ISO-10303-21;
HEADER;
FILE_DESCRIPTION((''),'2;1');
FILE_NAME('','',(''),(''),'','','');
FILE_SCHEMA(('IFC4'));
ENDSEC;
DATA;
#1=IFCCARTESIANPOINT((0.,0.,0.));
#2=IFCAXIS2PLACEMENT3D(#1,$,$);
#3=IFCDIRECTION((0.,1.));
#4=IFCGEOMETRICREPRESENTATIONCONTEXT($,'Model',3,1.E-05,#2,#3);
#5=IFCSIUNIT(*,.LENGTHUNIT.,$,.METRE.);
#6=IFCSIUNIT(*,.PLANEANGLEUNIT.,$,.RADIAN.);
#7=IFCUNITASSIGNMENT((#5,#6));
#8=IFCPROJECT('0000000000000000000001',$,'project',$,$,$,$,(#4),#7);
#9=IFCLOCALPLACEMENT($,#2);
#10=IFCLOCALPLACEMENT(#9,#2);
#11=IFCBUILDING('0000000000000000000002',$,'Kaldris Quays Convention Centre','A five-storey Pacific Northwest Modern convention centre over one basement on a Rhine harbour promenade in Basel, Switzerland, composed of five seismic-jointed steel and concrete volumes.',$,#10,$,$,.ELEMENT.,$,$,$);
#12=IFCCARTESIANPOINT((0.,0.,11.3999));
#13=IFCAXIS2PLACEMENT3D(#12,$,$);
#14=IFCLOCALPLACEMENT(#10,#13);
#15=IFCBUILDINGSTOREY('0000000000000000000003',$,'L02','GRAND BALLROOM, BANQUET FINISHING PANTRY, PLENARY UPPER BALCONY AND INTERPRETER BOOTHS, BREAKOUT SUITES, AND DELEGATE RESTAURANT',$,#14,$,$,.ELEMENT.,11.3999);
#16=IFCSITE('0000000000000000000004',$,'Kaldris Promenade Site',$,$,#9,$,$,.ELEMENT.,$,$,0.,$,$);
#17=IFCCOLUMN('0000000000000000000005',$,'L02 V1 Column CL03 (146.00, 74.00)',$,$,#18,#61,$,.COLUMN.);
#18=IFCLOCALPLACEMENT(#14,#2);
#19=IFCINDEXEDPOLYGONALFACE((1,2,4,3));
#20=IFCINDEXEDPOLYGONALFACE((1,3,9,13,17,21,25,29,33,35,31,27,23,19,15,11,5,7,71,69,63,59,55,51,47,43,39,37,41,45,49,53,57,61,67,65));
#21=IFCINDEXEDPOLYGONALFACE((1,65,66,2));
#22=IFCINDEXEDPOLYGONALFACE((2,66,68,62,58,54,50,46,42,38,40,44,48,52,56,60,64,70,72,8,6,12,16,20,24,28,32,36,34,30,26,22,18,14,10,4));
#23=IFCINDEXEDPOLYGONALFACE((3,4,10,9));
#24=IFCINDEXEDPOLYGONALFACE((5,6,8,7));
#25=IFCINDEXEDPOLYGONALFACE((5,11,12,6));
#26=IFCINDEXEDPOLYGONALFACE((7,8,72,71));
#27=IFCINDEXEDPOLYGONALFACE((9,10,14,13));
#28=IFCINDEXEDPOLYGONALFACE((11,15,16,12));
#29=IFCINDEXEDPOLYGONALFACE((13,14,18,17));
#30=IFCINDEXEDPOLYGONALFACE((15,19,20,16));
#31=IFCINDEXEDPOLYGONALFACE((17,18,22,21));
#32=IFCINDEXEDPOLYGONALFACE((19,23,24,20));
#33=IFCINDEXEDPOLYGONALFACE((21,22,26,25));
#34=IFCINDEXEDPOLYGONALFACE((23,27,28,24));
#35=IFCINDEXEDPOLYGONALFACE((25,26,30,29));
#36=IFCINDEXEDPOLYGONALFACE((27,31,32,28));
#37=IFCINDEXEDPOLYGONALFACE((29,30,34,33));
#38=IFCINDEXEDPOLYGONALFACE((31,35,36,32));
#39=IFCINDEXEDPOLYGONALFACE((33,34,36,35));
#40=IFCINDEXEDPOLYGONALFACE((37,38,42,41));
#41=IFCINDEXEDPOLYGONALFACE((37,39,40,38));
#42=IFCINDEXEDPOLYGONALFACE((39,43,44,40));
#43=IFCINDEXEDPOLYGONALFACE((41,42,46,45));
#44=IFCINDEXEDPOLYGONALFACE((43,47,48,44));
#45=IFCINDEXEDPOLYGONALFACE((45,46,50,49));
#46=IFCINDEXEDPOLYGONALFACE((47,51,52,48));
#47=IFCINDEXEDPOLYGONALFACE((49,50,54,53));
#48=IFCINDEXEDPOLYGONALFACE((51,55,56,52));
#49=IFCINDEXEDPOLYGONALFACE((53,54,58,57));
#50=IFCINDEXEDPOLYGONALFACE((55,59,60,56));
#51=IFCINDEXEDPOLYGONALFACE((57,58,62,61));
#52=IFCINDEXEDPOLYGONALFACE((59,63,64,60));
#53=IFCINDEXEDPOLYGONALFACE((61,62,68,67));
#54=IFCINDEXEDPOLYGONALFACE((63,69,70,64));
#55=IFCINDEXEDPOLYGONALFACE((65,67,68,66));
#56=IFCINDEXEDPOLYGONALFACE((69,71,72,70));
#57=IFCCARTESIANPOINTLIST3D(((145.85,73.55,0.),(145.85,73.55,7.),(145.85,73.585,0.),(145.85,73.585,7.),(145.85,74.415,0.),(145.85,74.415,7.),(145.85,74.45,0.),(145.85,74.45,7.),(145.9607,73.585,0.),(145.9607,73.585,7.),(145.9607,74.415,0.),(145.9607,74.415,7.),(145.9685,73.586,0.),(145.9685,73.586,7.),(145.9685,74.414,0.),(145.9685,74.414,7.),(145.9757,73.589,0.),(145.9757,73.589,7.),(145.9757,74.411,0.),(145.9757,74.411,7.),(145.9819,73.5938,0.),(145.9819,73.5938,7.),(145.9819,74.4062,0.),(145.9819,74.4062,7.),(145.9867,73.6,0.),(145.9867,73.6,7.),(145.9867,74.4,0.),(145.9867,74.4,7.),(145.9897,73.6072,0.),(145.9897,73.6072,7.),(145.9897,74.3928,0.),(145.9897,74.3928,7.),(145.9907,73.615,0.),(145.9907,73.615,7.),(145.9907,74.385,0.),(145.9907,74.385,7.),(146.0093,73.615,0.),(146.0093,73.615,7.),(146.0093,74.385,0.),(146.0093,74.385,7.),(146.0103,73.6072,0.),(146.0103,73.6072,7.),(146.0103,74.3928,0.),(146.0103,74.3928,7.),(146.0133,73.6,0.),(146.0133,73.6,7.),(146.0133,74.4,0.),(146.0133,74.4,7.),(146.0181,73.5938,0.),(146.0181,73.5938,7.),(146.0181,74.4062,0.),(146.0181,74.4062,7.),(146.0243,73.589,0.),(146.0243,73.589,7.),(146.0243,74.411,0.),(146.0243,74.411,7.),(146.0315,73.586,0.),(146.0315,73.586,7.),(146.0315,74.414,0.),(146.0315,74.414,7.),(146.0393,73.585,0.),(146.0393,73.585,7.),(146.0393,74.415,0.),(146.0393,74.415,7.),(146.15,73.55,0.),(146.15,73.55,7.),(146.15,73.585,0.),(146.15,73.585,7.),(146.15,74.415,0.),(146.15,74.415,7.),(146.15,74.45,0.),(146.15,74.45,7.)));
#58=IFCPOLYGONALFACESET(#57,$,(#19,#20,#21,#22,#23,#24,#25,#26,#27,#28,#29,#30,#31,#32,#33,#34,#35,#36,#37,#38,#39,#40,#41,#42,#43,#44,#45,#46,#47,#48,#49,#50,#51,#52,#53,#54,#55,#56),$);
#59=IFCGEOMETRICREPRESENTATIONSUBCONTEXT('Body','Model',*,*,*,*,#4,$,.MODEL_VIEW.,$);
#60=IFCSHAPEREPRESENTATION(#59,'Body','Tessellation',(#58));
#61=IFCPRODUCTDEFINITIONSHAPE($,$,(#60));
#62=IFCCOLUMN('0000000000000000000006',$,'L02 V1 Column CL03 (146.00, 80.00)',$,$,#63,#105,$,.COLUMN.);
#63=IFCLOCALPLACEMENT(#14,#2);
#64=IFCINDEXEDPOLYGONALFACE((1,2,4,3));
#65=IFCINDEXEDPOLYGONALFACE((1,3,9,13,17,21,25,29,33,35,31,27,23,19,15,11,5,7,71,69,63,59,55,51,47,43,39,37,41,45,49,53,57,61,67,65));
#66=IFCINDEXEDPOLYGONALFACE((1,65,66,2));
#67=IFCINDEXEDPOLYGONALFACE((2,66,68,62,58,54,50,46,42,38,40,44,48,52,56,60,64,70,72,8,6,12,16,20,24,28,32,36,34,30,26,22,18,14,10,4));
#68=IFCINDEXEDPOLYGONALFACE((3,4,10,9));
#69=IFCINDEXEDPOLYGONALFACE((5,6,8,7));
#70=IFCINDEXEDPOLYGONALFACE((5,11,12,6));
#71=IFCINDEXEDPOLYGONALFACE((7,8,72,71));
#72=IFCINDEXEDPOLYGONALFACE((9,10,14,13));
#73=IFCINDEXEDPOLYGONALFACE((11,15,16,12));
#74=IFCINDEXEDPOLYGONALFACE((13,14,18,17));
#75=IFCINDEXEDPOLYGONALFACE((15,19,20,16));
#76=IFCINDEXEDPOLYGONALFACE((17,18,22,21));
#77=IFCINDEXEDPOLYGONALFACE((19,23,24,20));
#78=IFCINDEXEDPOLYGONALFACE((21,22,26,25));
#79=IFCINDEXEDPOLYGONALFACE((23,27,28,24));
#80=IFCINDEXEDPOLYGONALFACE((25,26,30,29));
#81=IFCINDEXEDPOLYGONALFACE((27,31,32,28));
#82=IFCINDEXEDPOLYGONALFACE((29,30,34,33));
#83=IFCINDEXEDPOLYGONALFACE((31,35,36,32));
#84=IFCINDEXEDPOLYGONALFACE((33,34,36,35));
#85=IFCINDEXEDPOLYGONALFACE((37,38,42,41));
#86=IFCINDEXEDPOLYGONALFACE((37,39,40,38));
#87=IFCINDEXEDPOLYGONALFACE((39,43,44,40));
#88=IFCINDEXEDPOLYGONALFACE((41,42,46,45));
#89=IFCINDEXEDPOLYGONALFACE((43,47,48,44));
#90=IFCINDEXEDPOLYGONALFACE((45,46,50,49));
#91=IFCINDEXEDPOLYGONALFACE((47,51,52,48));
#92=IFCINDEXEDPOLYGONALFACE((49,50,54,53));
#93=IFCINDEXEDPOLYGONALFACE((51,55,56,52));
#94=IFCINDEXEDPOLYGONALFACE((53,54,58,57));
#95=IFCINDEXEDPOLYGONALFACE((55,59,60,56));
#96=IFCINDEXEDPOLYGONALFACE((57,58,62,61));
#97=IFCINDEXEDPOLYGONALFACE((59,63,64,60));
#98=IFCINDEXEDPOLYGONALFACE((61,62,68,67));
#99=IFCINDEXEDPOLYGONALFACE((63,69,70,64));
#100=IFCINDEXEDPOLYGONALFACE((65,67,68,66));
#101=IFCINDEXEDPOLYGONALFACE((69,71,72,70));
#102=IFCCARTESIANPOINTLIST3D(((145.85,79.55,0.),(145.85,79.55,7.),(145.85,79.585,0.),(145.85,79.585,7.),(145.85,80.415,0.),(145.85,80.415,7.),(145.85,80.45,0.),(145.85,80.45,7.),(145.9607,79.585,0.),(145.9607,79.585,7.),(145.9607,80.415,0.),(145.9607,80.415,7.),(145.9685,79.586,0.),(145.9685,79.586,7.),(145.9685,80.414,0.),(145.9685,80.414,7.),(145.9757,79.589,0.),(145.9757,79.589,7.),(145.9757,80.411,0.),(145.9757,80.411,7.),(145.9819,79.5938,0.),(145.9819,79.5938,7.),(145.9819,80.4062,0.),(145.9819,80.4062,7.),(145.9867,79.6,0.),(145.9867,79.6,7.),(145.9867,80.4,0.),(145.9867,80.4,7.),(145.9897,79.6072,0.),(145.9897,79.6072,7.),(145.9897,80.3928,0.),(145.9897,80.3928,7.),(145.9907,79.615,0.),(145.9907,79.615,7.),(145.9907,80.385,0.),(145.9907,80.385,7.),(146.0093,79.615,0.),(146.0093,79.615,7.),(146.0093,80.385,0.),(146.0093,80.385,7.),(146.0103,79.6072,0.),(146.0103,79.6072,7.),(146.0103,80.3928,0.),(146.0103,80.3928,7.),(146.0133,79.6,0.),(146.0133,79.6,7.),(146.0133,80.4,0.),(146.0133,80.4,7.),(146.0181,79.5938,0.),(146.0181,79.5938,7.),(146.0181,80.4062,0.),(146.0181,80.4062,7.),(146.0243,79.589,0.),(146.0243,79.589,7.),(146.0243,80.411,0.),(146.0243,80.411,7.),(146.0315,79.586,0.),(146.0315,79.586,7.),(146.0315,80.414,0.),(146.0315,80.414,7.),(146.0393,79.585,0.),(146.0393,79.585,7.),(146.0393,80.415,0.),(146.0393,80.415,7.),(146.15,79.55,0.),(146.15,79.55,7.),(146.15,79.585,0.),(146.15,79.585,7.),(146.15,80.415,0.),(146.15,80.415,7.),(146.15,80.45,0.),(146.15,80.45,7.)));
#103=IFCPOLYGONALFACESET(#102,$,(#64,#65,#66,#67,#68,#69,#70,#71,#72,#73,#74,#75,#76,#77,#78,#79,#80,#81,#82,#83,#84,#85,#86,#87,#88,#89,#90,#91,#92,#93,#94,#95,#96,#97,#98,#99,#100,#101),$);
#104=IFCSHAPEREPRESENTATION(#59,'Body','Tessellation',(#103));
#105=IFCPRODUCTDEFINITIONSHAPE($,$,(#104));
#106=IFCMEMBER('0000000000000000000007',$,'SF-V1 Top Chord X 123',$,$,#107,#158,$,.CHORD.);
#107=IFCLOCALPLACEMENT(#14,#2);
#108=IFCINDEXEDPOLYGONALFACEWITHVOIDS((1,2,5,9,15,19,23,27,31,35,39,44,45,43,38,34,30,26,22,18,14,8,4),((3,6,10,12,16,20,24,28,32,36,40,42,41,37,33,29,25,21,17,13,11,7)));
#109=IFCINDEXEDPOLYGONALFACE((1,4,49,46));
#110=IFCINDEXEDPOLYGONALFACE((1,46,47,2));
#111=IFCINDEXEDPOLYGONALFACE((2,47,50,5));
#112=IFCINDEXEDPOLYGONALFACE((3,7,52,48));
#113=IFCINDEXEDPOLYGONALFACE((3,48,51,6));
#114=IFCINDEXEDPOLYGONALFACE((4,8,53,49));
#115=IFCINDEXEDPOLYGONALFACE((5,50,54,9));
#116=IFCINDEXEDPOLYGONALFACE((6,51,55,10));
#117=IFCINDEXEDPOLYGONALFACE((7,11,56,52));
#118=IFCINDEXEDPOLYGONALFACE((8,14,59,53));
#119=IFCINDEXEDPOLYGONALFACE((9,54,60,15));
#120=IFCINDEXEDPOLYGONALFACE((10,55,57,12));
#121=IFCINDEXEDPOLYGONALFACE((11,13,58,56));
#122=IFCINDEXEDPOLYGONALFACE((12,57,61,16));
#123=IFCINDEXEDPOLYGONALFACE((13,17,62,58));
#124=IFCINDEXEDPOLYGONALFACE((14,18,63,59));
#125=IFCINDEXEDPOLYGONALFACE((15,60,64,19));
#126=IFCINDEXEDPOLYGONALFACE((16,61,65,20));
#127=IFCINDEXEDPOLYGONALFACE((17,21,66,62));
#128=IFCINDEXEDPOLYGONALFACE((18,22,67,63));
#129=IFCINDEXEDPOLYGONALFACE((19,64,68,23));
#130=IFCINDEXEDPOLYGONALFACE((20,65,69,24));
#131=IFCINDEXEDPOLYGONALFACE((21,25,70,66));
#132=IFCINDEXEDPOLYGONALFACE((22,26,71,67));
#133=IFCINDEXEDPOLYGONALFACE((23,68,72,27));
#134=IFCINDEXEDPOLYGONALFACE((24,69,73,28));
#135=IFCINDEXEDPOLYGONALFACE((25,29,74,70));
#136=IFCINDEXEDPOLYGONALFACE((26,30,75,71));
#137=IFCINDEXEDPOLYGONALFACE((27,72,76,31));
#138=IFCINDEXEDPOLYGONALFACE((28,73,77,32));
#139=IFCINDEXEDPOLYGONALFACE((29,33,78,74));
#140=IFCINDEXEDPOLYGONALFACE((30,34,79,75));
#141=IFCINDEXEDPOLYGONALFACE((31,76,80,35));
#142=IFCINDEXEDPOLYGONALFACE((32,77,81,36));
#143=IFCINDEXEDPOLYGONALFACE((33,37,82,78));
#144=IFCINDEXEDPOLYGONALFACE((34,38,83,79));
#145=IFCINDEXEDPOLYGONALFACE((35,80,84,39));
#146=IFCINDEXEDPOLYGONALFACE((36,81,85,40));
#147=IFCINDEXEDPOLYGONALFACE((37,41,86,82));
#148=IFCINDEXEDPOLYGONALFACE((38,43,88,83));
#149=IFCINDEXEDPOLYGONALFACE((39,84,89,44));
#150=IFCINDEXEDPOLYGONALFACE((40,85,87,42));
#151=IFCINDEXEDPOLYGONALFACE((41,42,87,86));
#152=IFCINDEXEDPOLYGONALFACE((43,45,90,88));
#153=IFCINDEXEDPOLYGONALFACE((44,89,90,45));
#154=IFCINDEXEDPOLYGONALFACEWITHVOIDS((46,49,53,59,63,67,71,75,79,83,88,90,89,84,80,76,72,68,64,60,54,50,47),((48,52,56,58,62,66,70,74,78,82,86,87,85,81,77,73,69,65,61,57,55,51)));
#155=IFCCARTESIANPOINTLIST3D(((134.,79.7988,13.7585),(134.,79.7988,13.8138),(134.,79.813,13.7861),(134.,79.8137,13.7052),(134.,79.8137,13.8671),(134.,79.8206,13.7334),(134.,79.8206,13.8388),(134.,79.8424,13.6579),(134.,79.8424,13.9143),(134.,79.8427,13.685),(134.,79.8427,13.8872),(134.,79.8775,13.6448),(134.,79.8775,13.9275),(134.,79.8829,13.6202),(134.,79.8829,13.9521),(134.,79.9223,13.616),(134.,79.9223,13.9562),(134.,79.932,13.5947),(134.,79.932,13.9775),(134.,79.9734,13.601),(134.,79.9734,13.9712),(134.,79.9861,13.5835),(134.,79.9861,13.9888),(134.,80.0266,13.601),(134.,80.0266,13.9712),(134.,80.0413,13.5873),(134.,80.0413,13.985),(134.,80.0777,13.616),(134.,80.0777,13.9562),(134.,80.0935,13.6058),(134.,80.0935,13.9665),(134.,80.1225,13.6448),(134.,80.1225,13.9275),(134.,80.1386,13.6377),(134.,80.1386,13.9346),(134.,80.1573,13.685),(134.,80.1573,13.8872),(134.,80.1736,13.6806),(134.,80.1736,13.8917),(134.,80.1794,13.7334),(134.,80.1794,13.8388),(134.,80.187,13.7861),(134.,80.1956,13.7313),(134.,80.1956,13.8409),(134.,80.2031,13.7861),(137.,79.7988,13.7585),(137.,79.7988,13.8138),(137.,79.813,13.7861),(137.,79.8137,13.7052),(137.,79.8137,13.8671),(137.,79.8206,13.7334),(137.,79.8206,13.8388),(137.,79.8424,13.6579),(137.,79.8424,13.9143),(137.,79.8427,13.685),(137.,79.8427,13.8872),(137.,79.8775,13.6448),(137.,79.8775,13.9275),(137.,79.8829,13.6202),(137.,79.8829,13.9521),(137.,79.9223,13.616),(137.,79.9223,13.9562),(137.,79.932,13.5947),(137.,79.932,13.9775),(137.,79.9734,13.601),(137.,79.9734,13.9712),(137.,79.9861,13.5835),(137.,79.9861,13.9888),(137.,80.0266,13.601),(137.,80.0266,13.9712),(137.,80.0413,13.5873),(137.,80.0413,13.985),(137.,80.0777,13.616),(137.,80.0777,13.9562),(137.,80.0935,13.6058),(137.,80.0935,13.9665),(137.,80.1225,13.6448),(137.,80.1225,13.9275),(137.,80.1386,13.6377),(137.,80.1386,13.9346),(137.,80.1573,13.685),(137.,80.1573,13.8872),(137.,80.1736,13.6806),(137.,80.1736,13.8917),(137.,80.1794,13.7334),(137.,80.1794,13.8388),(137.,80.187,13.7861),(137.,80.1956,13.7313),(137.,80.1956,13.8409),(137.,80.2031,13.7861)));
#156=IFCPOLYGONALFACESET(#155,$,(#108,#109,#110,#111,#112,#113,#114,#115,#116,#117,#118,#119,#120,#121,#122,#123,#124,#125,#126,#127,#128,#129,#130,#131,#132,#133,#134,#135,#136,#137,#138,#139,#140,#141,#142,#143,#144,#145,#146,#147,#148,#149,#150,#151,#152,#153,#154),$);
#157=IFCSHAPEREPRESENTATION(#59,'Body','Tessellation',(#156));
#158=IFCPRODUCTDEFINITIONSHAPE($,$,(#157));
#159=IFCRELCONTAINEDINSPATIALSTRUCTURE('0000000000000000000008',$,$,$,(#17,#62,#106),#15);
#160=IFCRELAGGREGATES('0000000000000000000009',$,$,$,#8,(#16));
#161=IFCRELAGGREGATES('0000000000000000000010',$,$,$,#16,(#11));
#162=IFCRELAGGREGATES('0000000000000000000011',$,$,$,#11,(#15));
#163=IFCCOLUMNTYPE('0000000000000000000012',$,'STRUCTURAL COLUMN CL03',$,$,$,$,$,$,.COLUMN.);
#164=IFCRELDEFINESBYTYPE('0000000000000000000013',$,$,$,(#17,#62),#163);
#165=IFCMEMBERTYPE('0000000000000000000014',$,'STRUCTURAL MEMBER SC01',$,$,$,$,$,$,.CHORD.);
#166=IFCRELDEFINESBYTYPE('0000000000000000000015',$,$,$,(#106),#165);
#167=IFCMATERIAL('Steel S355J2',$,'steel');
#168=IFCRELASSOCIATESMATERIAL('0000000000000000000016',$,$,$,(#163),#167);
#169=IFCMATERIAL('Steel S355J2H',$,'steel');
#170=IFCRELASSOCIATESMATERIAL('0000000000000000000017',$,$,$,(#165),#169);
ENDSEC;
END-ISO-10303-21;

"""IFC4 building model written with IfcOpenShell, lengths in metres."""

from ifc_helpers import new_model, si_unit, direction, frame, origin, origin_2d, place, context, subcontext, project, spatial, hollow_circle, i_section, extrude, material, material_profile, profile_set, type_object, element, save


model = new_model("IFC4")

# Units and contexts
model_context = context("Model", 3, precision=1e-05, world=origin(), true_north=direction((0.0, 1.0)))
body_context = subcontext(model_context, "Body", "Model", "MODEL_VIEW")
ifc_project = project(units=[si_unit("LENGTHUNIT", "METRE"), si_unit("PLANEANGLEUNIT", "RADIAN")], contexts=[model_context])

# Site, building, storey
site_placement = place(None, origin())
site = spatial("IfcSite", under=ifc_project, at=site_placement, Name="Kaldris Promenade Site", CompositionType="ELEMENT", RefElevation=0.0)
building_placement = place(site_placement, origin())
building = spatial("IfcBuilding", under=site, at=building_placement, Name="Kaldris Quays Convention Centre", Description="A five-storey Pacific Northwest Modern convention centre over one basement on a Rhine harbour promenade in Basel, Switzerland, composed of five seismic-jointed steel and concrete volumes.", CompositionType="ELEMENT")
storey_placement = place(building_placement, frame((0.0, 0.0, 11.3999)))
storey = spatial("IfcBuildingStorey", under=building, at=storey_placement, Name="L02", Description="GRAND BALLROOM, BANQUET FINISHING PANTRY, PLENARY UPPER BALCONY AND INTERPRETER BOOTHS, BREAKOUT SUITES, AND DELEGATE RESTAURANT", CompositionType="ELEMENT", Elevation=11.3999)

# Columns
ifc_material_1 = material(Name="Steel S355J2", Category="steel")
ifc_material_profile_1 = material_profile(ifc_material_1, i_section(OverallWidth=0.3, OverallDepth=0.8999, WebThickness=0.0186, FlangeThickness=0.0349, FilletRadius=0.03, at=origin_2d()), Name="HEB 900")
ifc_profile_set_1 = profile_set([ifc_material_profile_1], Name="Steel S355J2")
column_type = type_object("IfcColumnType", Name="STRUCTURAL COLUMN CL03", PredefinedType="COLUMN", material=ifc_profile_set_1)
for number, where, z_axis, x_axis, name in (
    (1, (146.0, 74.0, 0.0), (0.0, 0.0, 1.0), (1.0, 0.0, 0.0), "L02 V1 Column CL03 (146.00, 74.00)"),
    (2, (146.0, 80.0, 0.0), (0.0, 0.0, 1.0), (1.0, 0.0, 0.0), "L02 V1 Column CL03 (146.00, 80.00)"),
):
    element("IfcColumn", number, at=place(storey_placement, frame(where, z_axis=z_axis, x_axis=x_axis)), inside=storey, type_object=column_type, Name=name, PredefinedType="COLUMN", context=body_context, shape_type="SweptSolid", body=[
        extrude(i_section(OverallWidth=0.3, OverallDepth=0.8999, WebThickness=0.0186, FlangeThickness=0.0349, FilletRadius=0.03, at=origin_2d()), origin(), (0.0, 0.0, 1.0), 7.0),
    ])

# Member
ifc_material_2 = material(Name="Steel S355J2H", Category="steel")
ifc_material_profile_2 = material_profile(ifc_material_2, hollow_circle(Radius=0.2031, WallThickness=0.0161, at=origin_2d()), Name="CHS 406.4x16")
ifc_profile_set_2 = profile_set([ifc_material_profile_2], Name="Steel S355J2H")
member_type_1 = type_object("IfcMemberType", Name="STRUCTURAL MEMBER SC01", PredefinedType="CHORD", material=ifc_profile_set_2)
for number, where, z_axis, x_axis, name in (
    (3, (134.0, 80.0, 13.7861), (1.0, 0.0, 0.0), (0.0, 1.0, 0.0), "SF-V1 Top Chord X 123"),
):
    element("IfcMember", number, at=place(storey_placement, frame(where, z_axis=z_axis, x_axis=x_axis)), inside=storey, type_object=member_type_1, Name=name, PredefinedType="CHORD", context=body_context, shape_type="SweptSolid", body=[
        extrude(hollow_circle(Radius=0.2031, WallThickness=0.0161, at=origin_2d()), origin(), (0.0, 0.0, 1.0), 3.0),
    ])

save(model, "model.ifc")
